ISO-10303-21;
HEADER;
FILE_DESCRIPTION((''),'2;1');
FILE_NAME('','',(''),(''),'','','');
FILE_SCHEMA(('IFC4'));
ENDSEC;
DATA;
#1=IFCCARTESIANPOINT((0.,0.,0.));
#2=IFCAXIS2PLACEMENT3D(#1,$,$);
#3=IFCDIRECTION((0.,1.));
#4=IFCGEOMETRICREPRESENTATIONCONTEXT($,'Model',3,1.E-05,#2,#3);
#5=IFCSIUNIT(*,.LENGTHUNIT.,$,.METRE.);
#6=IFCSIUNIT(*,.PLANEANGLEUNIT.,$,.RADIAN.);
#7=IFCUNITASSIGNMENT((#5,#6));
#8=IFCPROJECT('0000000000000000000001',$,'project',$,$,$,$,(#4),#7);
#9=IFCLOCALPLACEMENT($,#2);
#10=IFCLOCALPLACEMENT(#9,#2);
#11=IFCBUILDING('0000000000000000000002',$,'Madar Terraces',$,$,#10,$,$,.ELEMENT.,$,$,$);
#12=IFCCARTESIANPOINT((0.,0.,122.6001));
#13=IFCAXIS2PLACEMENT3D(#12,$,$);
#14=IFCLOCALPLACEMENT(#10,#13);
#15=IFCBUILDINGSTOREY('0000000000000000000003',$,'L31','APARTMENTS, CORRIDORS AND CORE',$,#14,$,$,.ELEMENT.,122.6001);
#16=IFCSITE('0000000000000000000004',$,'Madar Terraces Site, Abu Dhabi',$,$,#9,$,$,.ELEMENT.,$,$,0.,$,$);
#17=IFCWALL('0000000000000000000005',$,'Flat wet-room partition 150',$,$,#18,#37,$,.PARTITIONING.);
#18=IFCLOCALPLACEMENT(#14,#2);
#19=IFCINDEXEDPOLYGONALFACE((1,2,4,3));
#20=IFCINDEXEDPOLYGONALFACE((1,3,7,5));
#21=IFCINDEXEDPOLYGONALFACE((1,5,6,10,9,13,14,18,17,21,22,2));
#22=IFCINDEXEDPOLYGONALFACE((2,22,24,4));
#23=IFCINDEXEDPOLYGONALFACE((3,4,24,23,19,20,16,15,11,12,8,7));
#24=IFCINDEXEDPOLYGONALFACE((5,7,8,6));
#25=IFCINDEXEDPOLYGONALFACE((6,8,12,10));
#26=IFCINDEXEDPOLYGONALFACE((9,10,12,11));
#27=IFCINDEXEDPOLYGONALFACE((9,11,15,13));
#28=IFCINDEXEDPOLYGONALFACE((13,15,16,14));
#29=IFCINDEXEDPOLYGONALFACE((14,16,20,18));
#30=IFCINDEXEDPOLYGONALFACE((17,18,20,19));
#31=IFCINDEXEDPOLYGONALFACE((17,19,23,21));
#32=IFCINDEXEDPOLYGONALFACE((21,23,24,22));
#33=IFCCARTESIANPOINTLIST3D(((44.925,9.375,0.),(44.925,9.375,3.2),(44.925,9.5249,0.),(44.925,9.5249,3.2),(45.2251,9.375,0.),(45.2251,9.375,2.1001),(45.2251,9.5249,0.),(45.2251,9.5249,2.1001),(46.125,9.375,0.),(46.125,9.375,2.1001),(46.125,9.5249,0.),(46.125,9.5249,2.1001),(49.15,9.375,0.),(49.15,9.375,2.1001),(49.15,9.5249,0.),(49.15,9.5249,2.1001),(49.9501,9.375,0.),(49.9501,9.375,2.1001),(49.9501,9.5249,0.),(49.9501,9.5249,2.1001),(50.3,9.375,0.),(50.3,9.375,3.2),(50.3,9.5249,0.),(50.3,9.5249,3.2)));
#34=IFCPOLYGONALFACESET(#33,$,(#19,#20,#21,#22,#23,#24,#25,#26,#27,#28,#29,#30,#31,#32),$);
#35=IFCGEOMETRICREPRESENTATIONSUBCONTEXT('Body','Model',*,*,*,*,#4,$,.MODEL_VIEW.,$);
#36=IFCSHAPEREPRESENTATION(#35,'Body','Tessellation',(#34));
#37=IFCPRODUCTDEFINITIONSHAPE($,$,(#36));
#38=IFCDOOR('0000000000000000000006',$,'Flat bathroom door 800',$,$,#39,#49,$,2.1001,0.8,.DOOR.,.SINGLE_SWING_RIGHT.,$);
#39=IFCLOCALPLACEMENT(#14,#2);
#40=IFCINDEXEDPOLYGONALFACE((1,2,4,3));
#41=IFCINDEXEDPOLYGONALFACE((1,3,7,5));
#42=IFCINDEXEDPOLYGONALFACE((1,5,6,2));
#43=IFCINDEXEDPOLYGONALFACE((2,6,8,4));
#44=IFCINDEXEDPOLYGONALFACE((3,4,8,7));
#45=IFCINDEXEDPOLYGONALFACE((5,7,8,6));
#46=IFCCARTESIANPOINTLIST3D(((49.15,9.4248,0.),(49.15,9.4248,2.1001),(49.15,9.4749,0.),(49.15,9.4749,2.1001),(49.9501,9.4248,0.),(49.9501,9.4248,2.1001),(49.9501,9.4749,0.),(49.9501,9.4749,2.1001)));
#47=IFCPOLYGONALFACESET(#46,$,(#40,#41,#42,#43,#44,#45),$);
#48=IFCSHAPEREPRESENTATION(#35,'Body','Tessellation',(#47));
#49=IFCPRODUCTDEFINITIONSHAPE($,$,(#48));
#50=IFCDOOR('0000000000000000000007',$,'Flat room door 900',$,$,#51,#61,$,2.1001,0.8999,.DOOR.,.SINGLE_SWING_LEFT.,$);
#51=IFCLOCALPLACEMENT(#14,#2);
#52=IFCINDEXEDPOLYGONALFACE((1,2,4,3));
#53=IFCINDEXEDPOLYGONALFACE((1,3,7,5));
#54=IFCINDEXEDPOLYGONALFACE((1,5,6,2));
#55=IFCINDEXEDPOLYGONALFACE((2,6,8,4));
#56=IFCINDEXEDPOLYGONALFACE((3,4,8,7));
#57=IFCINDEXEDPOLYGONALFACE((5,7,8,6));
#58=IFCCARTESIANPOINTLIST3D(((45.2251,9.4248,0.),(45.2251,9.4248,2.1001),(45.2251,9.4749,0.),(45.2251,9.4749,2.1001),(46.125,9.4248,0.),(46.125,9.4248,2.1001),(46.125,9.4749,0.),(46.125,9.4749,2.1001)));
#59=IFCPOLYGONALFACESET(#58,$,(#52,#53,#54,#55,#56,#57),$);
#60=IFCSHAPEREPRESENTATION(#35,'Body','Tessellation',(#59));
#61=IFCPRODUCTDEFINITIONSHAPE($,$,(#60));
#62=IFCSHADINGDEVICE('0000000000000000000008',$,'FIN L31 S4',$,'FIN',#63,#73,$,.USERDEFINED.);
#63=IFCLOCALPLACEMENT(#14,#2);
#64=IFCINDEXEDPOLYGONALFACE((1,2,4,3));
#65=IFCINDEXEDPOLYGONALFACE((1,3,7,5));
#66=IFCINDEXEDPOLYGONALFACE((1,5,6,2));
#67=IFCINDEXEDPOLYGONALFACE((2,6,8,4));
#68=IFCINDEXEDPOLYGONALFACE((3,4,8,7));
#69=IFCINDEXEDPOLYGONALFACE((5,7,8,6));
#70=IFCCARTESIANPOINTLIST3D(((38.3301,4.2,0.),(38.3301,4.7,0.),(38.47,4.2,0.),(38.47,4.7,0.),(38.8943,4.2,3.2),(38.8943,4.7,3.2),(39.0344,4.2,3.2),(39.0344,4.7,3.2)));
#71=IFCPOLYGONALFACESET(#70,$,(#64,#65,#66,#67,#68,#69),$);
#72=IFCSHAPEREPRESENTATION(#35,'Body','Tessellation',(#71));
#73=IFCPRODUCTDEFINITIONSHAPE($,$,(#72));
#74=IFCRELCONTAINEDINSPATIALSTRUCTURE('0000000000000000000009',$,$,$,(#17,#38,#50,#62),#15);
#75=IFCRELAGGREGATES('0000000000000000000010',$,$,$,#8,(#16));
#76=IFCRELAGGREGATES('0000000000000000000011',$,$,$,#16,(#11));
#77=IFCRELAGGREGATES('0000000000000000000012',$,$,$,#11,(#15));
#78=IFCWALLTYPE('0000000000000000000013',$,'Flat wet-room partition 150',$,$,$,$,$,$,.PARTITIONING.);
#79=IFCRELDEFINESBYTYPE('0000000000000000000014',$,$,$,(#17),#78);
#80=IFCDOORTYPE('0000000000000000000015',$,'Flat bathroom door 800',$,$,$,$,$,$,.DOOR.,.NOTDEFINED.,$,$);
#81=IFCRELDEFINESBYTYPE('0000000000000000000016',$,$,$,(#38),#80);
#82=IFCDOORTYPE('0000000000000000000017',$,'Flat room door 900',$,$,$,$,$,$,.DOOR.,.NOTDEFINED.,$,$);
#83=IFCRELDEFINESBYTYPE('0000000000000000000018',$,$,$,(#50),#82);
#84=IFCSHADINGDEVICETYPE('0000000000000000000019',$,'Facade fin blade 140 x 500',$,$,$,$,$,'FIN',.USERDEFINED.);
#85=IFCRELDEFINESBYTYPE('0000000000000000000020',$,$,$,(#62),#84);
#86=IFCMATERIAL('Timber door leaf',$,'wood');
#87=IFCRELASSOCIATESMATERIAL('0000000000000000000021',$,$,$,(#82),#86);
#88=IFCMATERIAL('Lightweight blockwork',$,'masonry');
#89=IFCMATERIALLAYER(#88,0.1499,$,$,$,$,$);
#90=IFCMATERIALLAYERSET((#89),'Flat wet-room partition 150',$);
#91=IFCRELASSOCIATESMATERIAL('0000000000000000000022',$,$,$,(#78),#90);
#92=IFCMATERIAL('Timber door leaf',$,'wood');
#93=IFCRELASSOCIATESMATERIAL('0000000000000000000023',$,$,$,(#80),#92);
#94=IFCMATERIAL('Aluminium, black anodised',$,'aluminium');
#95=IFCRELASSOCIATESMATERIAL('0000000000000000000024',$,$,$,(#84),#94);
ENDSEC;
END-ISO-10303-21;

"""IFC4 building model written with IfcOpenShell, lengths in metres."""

from ifc_helpers import new_model, si_unit, direction, frame, frame_2d, origin, place, context, subcontext, project, spatial, polyline, rectangle, outline, extrude, material, layer, layer_set, type_object, element, fill, save


model = new_model("IFC4")

# Units and contexts
model_context = context("Model", 3, precision=1e-05, world=origin(), true_north=direction((0.0, 1.0)))
body_context = subcontext(model_context, "Body", "Model", "MODEL_VIEW")
ifc_project = project(units=[si_unit("LENGTHUNIT", "METRE"), si_unit("PLANEANGLEUNIT", "RADIAN")], contexts=[model_context])

# Site, building, storey
site_placement = place(None, origin())
site = spatial("IfcSite", under=ifc_project, at=site_placement, Name="Madar Terraces Site, Abu Dhabi", CompositionType="ELEMENT", RefElevation=0.0)
building_placement = place(site_placement, origin())
building = spatial("IfcBuilding", under=site, at=building_placement, Name="Madar Terraces", CompositionType="ELEMENT")
storey_placement = place(building_placement, frame((0.0, 0.0, 122.6001)))
storey = spatial("IfcBuildingStorey", under=building, at=storey_placement, Name="L31", Description="APARTMENTS, CORRIDORS AND CORE", CompositionType="ELEMENT", Elevation=122.6001)

# Shared definitions
ifc_material_1 = material(Name="Timber door leaf", Category="wood")
door_type_1 = type_object("IfcDoorType", Name="Flat room door 900", OperationType="NOTDEFINED", PredefinedType="DOOR", material=ifc_material_1)

# Shared definitions
ifc_material_2 = material(Name="Lightweight blockwork", Category="masonry")
ifc_layer_1 = layer(ifc_material_2, 0.1499)
ifc_layer_set_1 = layer_set([ifc_layer_1], Name="Flat wet-room partition 150")
wall_type_1 = type_object("IfcWallType", Name="Flat wet-room partition 150", PredefinedType="PARTITIONING", material=ifc_layer_set_1)

# Wall, openings, doors
wall_1_placement = place(storey_placement, frame((44.925, 9.45, 0.0), z_axis=(0.0, 0.0, 1.0), x_axis=(1.0, 0.0, 0.0)))
wall_1 = element("IfcWall", 1, at=wall_1_placement, inside=storey, type_object=wall_type_1, Name="Flat wet-room partition 150", PredefinedType="PARTITIONING", context=body_context, shape_type="SweptSolid", body=[
    extrude(rectangle(XDim=5.375, YDim=0.1499, at=frame_2d((2.6875, 0.0))), origin(), (0.0, 0.0, 1.0), 3.2),
])
opening_1_placement = place(wall_1_placement, frame((0.3, 0.0, 0.0)))
opening_1 = element("IfcOpeningElement", 2, at=opening_1_placement, cuts=wall_1, PredefinedType="OPENING", context=body_context, shape_type="SweptSolid", body=[
    extrude(rectangle(XDim=0.8999, YDim=2.1001, at=frame_2d((0.45, 1.05))), frame((0.0, 0.085, 0.0), z_axis=(0.0, -1.0, 0.0), x_axis=(1.0, 0.0, 0.0)), (0.0, 0.0, 1.0), 0.1699),
])
opening_2_placement = place(wall_1_placement, frame((4.2251, 0.0, 0.0)))
opening_2 = element("IfcOpeningElement", 3, at=opening_2_placement, cuts=wall_1, PredefinedType="OPENING", context=body_context, shape_type="SweptSolid", body=[
    extrude(rectangle(XDim=0.8, YDim=2.1001, at=frame_2d((0.3999, 1.05))), frame((0.0, 0.085, 0.0), z_axis=(0.0, -1.0, 0.0), x_axis=(1.0, 0.0, 0.0)), (0.0, 0.0, 1.0), 0.1699),
])
ifc_material_3 = material(Name="Timber door leaf", Category="wood")
door_type_2 = type_object("IfcDoorType", Name="Flat bathroom door 800", OperationType="NOTDEFINED", PredefinedType="DOOR", material=ifc_material_3)
door_1_placement = place(opening_2_placement, origin())
door_1 = element("IfcDoor", 4, at=door_1_placement, inside=storey, type_object=door_type_2, Name="Flat bathroom door 800", OperationType="SINGLE_SWING_RIGHT", OverallHeight=2.1001, OverallWidth=0.8, PredefinedType="DOOR", context=body_context, shape_type="SweptSolid", body=[
    extrude(rectangle(XDim=0.8, YDim=2.1001, at=frame_2d((0.3999, 1.05))), frame((0.0, 0.0249, 0.0), z_axis=(0.0, -1.0, 0.0), x_axis=(1.0, 0.0, 0.0)), (0.0, 0.0, 1.0), 0.05),
])
fill(opening_2, door_1)
door_2_placement = place(opening_1_placement, origin())
door_2 = element("IfcDoor", 5, at=door_2_placement, inside=storey, type_object=door_type_1, Name="Flat room door 900", OperationType="SINGLE_SWING_LEFT", OverallHeight=2.1001, OverallWidth=0.8999, PredefinedType="DOOR", context=body_context, shape_type="SweptSolid", body=[
    extrude(rectangle(XDim=0.8999, YDim=2.1001, at=frame_2d((0.45, 1.05))), frame((0.0, 0.0249, 0.0), z_axis=(0.0, -1.0, 0.0), x_axis=(1.0, 0.0, 0.0)), (0.0, 0.0, 1.0), 0.05),
])
fill(opening_1, door_2)

# Shading device
ifc_material_4 = material(Name="Aluminium, black anodised", Category="aluminium")
shading_device_type = type_object("IfcShadingDeviceType", Name="Facade fin blade 140 x 500", ElementType="FIN", PredefinedType="USERDEFINED", material=ifc_material_4)
shading_device_placement = place(storey_placement, frame((38.3301, 4.45, 0.0), z_axis=(0.0, 0.0, 1.0), x_axis=(1.0, 0.0, 0.0)))
element("IfcShadingDevice", 6, at=shading_device_placement, inside=storey, type_object=shading_device_type, Name="FIN L31 S4", ObjectType="FIN", PredefinedType="USERDEFINED", context=body_context, shape_type="SweptSolid", body=[
    extrude(outline(polyline([(0.0, 0.0), (0.1399, 0.0), (0.7043, 3.2), (0.5642, 3.2), (0.0, 0.0)])), frame((0.0, 0.25, 0.0), z_axis=(0.0, -1.0, 0.0), x_axis=(1.0, 0.0, 0.0)), (0.0, 0.0, 1.0), 0.5),
])

save(model, "model.ifc")
